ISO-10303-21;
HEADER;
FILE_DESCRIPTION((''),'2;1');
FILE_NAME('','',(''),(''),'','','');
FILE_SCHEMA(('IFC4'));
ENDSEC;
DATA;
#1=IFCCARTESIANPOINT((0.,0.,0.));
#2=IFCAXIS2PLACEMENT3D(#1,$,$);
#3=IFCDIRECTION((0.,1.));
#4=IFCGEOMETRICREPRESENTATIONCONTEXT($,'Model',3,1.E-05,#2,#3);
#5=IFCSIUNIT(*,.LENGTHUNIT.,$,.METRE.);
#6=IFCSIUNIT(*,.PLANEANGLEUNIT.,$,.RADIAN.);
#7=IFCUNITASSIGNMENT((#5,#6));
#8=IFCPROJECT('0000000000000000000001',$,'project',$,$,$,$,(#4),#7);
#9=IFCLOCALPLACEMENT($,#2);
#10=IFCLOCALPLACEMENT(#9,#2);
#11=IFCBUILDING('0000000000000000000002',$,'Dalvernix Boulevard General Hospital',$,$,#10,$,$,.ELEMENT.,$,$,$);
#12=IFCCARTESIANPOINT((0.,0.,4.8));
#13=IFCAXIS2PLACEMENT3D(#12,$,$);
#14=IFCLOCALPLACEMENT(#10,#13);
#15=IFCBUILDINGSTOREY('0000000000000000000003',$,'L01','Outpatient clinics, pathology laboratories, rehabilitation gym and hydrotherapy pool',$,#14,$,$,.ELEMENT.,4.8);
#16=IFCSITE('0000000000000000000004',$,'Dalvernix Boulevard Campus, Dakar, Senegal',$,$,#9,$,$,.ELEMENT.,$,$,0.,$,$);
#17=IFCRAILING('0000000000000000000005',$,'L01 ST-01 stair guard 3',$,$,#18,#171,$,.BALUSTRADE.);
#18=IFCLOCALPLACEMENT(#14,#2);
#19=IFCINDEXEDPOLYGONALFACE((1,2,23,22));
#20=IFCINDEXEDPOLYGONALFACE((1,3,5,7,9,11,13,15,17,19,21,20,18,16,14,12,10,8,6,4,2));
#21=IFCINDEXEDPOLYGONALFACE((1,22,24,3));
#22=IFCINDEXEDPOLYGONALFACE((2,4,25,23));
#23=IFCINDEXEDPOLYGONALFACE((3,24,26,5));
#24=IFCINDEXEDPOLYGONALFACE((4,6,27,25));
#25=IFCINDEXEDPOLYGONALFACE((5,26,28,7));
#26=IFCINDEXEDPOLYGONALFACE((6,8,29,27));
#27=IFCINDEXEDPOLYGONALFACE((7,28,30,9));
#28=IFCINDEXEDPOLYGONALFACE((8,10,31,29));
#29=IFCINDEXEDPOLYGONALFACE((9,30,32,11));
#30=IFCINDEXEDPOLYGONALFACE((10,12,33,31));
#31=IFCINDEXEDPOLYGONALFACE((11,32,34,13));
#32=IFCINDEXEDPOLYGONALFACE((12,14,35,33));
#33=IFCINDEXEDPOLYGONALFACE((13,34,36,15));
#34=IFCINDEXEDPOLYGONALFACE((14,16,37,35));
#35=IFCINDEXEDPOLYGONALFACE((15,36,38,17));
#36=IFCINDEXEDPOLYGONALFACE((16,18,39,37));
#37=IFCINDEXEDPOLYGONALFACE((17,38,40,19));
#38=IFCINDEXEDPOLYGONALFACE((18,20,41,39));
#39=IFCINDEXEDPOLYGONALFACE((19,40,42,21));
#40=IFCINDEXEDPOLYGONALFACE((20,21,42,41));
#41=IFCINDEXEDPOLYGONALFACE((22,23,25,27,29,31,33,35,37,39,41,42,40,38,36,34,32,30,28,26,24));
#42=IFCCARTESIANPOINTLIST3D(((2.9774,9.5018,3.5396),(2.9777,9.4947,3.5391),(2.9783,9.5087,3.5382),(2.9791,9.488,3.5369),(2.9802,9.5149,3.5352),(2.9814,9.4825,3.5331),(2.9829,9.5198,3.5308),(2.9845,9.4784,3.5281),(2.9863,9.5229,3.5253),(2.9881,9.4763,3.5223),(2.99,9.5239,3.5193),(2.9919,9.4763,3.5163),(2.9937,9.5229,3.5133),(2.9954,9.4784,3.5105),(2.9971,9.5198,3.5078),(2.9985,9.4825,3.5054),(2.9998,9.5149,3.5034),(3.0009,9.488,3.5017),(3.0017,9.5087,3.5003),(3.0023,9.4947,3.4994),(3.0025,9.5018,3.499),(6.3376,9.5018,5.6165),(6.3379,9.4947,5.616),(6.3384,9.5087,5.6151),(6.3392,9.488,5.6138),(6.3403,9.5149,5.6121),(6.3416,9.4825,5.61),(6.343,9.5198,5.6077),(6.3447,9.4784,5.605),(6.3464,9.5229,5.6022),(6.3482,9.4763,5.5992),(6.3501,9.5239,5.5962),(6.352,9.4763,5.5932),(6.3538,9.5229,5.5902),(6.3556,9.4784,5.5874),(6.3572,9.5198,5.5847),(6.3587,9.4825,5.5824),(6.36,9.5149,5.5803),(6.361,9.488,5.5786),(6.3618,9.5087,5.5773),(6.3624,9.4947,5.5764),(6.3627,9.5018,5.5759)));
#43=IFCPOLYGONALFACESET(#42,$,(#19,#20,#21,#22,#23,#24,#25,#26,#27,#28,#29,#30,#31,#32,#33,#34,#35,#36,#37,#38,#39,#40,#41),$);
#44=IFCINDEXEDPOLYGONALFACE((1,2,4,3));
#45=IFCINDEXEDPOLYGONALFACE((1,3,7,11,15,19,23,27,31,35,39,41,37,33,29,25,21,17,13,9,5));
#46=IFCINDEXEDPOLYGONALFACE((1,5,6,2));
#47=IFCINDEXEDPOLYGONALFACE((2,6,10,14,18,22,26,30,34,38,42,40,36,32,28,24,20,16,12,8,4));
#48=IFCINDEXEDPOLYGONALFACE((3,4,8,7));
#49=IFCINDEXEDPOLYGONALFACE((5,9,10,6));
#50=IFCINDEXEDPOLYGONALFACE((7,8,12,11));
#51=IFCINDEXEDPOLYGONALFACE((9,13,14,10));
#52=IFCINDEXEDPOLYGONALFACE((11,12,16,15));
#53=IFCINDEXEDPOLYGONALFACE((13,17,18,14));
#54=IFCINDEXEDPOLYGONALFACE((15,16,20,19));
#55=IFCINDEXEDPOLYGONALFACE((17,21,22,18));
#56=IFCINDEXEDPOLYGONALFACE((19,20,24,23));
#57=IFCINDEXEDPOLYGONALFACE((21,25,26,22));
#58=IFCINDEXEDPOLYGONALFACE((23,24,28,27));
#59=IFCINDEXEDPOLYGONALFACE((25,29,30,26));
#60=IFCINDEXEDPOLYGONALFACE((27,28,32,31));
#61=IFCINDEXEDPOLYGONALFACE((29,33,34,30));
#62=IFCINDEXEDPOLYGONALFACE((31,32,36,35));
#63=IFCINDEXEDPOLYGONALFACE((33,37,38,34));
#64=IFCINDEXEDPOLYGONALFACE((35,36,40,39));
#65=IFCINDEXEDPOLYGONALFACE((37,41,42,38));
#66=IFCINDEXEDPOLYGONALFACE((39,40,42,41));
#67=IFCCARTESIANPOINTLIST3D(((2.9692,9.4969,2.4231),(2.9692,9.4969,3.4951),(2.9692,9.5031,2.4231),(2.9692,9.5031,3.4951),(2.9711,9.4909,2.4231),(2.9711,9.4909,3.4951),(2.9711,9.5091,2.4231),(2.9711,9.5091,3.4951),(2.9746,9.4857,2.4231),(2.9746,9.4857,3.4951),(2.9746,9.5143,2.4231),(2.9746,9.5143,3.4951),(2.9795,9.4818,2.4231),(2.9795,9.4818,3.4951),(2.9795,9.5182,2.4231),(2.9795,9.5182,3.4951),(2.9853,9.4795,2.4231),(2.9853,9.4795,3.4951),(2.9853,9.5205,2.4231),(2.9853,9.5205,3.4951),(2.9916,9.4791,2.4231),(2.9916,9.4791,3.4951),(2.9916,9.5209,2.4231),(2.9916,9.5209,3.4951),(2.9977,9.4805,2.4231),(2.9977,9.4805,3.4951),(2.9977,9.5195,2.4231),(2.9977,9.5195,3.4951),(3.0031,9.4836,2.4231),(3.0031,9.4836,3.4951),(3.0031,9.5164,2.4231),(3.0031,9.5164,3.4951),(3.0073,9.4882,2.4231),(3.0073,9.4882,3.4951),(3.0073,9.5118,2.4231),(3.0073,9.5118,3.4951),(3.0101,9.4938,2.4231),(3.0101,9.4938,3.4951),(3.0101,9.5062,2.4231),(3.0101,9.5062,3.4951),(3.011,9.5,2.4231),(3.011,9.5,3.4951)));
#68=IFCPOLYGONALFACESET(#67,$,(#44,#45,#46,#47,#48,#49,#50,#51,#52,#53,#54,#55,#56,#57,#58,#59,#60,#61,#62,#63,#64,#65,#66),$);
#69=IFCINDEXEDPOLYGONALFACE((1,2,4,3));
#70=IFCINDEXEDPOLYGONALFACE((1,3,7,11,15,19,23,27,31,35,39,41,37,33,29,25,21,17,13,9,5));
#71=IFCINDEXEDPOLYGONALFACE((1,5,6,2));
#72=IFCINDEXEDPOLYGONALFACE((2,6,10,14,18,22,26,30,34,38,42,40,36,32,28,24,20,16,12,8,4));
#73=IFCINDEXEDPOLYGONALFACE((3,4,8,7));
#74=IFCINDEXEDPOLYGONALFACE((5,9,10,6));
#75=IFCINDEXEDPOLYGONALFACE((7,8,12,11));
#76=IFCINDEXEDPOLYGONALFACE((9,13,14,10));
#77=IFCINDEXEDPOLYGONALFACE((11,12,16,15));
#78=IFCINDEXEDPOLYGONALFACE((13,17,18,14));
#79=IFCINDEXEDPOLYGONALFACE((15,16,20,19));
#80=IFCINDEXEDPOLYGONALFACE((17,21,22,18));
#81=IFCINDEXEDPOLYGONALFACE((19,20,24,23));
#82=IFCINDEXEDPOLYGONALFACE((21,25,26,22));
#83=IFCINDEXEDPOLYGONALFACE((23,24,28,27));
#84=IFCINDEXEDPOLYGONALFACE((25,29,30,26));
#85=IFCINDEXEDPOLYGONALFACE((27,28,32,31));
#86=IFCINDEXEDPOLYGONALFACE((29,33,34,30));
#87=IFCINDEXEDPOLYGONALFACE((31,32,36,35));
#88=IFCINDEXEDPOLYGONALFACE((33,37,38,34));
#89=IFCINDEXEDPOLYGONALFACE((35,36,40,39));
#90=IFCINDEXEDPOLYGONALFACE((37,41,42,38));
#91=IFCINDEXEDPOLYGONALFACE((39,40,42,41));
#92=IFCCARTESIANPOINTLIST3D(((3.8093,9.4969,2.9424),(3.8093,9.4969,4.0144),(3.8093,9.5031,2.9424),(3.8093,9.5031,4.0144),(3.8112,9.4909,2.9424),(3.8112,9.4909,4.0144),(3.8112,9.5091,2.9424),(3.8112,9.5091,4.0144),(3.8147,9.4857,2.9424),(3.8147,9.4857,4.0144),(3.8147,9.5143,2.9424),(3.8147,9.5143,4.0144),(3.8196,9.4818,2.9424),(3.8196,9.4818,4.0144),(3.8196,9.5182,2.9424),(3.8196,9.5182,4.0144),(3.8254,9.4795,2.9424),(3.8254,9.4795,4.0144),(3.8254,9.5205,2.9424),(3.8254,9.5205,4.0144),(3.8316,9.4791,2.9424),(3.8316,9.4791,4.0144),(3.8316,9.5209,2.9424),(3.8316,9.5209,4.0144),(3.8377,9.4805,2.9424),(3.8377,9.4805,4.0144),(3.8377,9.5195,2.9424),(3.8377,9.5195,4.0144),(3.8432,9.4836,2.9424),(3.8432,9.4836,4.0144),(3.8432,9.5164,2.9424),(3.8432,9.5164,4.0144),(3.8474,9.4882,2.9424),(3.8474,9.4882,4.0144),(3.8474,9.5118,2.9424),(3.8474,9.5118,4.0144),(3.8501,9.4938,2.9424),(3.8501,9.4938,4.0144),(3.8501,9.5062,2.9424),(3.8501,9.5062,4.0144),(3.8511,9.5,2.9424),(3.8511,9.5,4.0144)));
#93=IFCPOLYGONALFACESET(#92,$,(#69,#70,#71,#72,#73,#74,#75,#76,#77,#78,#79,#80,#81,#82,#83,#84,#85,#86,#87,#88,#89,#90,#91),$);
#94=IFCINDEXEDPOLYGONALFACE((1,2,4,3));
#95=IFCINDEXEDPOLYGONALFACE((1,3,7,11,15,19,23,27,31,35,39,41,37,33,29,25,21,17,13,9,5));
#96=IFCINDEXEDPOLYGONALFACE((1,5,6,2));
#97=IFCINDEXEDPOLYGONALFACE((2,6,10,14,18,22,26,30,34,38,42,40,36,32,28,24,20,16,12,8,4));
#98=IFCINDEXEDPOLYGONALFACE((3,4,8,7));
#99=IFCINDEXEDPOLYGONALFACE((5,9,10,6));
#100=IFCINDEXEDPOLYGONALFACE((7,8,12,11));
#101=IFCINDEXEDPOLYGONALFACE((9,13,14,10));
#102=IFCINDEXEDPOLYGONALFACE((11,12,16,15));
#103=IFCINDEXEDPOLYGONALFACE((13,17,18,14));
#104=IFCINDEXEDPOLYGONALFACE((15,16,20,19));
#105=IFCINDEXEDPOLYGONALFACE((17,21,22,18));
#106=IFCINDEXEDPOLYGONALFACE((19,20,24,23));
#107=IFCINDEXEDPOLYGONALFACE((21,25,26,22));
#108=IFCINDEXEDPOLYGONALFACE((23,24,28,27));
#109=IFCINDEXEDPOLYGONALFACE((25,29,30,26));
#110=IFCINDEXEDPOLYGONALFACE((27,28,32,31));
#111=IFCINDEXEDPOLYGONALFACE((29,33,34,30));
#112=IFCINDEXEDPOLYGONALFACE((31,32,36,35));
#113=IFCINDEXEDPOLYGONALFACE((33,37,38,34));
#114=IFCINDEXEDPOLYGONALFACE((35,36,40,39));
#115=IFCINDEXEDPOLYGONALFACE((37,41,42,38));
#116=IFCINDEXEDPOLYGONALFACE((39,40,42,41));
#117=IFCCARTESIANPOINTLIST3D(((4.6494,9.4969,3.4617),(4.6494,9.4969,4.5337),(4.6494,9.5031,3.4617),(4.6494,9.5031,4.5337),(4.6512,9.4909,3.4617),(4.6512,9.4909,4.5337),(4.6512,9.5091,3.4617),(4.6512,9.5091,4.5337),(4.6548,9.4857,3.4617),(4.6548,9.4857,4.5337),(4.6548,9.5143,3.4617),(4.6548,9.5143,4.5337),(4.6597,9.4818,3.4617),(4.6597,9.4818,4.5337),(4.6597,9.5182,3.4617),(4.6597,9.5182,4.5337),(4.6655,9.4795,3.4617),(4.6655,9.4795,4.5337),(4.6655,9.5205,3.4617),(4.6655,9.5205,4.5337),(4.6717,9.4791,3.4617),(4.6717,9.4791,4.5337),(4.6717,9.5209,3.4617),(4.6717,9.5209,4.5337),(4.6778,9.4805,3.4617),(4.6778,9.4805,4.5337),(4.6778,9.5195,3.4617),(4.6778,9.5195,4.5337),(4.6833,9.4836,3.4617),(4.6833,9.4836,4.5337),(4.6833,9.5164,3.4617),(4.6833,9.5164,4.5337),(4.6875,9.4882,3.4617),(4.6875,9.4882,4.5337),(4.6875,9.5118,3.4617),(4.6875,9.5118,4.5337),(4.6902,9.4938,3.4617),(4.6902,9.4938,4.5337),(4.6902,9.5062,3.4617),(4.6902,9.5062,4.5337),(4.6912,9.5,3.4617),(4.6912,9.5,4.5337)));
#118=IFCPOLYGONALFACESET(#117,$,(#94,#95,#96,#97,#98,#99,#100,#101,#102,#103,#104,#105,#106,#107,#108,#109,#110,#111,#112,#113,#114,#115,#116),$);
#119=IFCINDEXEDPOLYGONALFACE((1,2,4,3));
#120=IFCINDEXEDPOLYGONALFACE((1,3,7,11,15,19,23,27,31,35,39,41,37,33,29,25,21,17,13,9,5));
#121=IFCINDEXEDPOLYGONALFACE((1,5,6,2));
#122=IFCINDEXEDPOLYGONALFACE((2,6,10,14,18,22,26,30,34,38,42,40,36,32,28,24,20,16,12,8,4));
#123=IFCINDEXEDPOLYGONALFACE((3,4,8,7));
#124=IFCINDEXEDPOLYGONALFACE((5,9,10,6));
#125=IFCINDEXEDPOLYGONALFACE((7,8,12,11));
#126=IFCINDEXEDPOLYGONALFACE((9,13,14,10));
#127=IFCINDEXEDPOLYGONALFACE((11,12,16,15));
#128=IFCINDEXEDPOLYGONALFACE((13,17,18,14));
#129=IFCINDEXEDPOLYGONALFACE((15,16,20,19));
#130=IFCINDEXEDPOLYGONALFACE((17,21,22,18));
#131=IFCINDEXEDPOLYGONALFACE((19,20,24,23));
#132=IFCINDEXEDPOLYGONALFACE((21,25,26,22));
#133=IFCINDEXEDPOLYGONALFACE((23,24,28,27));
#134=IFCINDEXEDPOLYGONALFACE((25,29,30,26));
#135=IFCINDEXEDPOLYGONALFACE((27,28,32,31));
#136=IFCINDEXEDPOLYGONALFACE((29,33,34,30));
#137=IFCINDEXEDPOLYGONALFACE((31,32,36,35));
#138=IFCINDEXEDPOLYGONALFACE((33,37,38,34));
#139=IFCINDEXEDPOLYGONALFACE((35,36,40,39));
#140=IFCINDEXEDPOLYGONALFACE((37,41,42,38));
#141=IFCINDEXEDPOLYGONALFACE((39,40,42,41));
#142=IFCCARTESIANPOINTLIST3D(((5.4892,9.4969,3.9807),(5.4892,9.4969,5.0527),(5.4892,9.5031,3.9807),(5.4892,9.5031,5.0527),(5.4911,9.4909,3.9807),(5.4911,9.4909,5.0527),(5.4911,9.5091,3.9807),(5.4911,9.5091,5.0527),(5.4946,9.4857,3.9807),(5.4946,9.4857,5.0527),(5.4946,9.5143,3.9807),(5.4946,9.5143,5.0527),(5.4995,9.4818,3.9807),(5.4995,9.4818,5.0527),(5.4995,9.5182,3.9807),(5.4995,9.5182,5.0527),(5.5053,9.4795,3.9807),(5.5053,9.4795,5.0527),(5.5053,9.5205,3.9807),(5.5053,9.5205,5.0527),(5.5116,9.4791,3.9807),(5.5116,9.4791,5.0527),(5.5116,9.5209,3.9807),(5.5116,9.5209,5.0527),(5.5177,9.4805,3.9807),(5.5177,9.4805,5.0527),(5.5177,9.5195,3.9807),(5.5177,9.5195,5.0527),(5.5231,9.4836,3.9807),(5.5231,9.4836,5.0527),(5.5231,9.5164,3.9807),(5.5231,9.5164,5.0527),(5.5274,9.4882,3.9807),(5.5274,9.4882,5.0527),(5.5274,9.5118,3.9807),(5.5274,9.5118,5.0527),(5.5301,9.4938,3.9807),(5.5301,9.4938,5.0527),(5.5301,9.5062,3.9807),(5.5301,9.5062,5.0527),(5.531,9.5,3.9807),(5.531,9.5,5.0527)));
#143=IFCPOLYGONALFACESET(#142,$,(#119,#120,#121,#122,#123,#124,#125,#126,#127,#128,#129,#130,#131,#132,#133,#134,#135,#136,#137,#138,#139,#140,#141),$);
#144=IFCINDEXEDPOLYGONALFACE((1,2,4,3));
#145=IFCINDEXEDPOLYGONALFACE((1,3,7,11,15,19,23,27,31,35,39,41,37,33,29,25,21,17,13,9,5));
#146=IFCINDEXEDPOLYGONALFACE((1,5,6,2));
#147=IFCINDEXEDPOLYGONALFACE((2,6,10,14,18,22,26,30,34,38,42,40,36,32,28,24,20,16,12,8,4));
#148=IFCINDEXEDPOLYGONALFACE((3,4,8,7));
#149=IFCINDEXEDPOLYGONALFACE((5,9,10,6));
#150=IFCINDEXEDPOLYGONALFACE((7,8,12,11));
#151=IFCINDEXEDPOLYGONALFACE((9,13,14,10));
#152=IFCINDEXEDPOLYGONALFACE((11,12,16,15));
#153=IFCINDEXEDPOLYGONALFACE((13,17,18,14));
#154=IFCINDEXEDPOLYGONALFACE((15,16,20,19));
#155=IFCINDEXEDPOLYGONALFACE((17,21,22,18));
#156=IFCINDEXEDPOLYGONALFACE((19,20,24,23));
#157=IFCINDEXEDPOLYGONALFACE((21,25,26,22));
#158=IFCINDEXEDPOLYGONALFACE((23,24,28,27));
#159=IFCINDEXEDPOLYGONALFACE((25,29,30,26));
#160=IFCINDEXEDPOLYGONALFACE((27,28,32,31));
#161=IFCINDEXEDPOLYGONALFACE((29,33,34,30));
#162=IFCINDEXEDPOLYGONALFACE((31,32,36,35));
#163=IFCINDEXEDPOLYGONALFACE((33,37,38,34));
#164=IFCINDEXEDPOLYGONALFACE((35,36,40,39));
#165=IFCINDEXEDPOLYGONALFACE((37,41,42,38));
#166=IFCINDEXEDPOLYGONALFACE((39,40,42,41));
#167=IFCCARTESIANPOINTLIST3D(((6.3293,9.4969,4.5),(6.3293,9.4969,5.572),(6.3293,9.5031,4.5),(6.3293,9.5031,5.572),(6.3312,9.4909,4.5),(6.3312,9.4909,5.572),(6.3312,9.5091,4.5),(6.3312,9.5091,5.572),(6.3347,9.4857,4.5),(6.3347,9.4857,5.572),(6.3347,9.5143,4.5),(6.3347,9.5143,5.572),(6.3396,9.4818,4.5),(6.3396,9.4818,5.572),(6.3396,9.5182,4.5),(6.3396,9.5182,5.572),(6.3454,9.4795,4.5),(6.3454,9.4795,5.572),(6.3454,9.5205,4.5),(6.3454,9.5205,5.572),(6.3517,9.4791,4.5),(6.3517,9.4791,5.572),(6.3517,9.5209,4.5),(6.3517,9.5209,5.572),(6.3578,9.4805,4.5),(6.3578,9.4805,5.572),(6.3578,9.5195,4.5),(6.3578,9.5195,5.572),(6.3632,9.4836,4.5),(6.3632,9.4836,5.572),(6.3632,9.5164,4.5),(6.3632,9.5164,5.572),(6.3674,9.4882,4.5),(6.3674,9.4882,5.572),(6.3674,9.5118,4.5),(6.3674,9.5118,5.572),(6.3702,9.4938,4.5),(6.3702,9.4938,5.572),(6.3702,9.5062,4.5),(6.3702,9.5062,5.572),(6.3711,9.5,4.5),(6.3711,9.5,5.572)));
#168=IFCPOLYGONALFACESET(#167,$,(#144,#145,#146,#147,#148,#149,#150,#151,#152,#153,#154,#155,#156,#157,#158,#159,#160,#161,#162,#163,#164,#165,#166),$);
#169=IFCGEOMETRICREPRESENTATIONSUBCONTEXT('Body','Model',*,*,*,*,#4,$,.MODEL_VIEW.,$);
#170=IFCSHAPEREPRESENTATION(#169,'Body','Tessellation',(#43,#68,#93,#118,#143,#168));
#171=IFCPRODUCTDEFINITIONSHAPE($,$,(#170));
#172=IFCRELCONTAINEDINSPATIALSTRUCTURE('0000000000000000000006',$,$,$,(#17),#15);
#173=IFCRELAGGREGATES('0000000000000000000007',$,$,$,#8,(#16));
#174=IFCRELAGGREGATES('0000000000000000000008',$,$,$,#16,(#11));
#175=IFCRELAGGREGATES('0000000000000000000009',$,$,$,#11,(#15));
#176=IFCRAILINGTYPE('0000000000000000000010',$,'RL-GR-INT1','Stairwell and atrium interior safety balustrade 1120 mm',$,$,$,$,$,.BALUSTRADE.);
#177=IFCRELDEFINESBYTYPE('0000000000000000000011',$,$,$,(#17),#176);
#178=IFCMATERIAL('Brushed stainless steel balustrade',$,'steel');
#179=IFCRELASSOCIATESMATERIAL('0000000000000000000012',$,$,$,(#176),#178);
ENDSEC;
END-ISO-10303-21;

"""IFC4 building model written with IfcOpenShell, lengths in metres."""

from ifc_helpers import new_model, si_unit, direction, frame, origin, origin_2d, place, context, subcontext, project, spatial, circle, extrude, material, type_object, element, save


model = new_model("IFC4")

# Units and contexts
model_context = context("Model", 3, precision=1e-05, world=origin(), true_north=direction((0.0, 1.0)))
body_context = subcontext(model_context, "Body", "Model", "MODEL_VIEW")
ifc_project = project(units=[si_unit("LENGTHUNIT", "METRE"), si_unit("PLANEANGLEUNIT", "RADIAN")], contexts=[model_context])

# Site, building, storey
site_placement = place(None, origin())
site = spatial("IfcSite", under=ifc_project, at=site_placement, Name="Dalvernix Boulevard Campus, Dakar, Senegal", CompositionType="ELEMENT", RefElevation=0.0)
building_placement = place(site_placement, origin())
building = spatial("IfcBuilding", under=site, at=building_placement, Name="Dalvernix Boulevard General Hospital", CompositionType="ELEMENT")
storey_placement = place(building_placement, frame((0.0, 0.0, 4.8)))
storey = spatial("IfcBuildingStorey", under=building, at=storey_placement, Name="L01", Description="Outpatient clinics, pathology laboratories, rehabilitation gym and hydrotherapy pool", CompositionType="ELEMENT", Elevation=4.8)

# Railing
ifc_material_1 = material(Name="Brushed stainless steel balustrade", Category="steel")
railing_type_1 = type_object("IfcRailingType", Name="RL-GR-INT1", Description="Stairwell and atrium interior safety balustrade 1120 mm", PredefinedType="BALUSTRADE", material=ifc_material_1)
railing_1_placement = place(storey_placement, frame((2.99, 9.5, 2.4231)))
element("IfcRailing", 1, at=railing_1_placement, inside=storey, type_object=railing_type_1, Name="L01 ST-01 stair guard 3", PredefinedType="BALUSTRADE", context=body_context, shape_type="SweptSolid", body=[
    extrude(circle(Radius=0.0239, at=origin_2d()), frame((0.0, 0.0, 1.0962), z_axis=(0.850623, 0.0, 0.525776), x_axis=(0.0, 1.0, 0.0)), (0.0, 0.0, 1.0), 3.9502),
    extrude(circle(Radius=0.021, at=origin_2d()), origin(), (0.0, 0.0, 1.0), 1.072),
    extrude(circle(Radius=0.021, at=origin_2d()), frame((0.8401, 0.0, 0.5193)), (0.0, 0.0, 1.0), 1.072),
    extrude(circle(Radius=0.021, at=origin_2d()), frame((1.6802, 0.0, 1.0386)), (0.0, 0.0, 1.0), 1.072),
    extrude(circle(Radius=0.021, at=origin_2d()), frame((2.52, 0.0, 1.5576)), (0.0, 0.0, 1.0), 1.072),
    extrude(circle(Radius=0.021, at=origin_2d()), frame((3.3601, 0.0, 2.0769)), (0.0, 0.0, 1.0), 1.072),
])

save(model, "model.ifc")
